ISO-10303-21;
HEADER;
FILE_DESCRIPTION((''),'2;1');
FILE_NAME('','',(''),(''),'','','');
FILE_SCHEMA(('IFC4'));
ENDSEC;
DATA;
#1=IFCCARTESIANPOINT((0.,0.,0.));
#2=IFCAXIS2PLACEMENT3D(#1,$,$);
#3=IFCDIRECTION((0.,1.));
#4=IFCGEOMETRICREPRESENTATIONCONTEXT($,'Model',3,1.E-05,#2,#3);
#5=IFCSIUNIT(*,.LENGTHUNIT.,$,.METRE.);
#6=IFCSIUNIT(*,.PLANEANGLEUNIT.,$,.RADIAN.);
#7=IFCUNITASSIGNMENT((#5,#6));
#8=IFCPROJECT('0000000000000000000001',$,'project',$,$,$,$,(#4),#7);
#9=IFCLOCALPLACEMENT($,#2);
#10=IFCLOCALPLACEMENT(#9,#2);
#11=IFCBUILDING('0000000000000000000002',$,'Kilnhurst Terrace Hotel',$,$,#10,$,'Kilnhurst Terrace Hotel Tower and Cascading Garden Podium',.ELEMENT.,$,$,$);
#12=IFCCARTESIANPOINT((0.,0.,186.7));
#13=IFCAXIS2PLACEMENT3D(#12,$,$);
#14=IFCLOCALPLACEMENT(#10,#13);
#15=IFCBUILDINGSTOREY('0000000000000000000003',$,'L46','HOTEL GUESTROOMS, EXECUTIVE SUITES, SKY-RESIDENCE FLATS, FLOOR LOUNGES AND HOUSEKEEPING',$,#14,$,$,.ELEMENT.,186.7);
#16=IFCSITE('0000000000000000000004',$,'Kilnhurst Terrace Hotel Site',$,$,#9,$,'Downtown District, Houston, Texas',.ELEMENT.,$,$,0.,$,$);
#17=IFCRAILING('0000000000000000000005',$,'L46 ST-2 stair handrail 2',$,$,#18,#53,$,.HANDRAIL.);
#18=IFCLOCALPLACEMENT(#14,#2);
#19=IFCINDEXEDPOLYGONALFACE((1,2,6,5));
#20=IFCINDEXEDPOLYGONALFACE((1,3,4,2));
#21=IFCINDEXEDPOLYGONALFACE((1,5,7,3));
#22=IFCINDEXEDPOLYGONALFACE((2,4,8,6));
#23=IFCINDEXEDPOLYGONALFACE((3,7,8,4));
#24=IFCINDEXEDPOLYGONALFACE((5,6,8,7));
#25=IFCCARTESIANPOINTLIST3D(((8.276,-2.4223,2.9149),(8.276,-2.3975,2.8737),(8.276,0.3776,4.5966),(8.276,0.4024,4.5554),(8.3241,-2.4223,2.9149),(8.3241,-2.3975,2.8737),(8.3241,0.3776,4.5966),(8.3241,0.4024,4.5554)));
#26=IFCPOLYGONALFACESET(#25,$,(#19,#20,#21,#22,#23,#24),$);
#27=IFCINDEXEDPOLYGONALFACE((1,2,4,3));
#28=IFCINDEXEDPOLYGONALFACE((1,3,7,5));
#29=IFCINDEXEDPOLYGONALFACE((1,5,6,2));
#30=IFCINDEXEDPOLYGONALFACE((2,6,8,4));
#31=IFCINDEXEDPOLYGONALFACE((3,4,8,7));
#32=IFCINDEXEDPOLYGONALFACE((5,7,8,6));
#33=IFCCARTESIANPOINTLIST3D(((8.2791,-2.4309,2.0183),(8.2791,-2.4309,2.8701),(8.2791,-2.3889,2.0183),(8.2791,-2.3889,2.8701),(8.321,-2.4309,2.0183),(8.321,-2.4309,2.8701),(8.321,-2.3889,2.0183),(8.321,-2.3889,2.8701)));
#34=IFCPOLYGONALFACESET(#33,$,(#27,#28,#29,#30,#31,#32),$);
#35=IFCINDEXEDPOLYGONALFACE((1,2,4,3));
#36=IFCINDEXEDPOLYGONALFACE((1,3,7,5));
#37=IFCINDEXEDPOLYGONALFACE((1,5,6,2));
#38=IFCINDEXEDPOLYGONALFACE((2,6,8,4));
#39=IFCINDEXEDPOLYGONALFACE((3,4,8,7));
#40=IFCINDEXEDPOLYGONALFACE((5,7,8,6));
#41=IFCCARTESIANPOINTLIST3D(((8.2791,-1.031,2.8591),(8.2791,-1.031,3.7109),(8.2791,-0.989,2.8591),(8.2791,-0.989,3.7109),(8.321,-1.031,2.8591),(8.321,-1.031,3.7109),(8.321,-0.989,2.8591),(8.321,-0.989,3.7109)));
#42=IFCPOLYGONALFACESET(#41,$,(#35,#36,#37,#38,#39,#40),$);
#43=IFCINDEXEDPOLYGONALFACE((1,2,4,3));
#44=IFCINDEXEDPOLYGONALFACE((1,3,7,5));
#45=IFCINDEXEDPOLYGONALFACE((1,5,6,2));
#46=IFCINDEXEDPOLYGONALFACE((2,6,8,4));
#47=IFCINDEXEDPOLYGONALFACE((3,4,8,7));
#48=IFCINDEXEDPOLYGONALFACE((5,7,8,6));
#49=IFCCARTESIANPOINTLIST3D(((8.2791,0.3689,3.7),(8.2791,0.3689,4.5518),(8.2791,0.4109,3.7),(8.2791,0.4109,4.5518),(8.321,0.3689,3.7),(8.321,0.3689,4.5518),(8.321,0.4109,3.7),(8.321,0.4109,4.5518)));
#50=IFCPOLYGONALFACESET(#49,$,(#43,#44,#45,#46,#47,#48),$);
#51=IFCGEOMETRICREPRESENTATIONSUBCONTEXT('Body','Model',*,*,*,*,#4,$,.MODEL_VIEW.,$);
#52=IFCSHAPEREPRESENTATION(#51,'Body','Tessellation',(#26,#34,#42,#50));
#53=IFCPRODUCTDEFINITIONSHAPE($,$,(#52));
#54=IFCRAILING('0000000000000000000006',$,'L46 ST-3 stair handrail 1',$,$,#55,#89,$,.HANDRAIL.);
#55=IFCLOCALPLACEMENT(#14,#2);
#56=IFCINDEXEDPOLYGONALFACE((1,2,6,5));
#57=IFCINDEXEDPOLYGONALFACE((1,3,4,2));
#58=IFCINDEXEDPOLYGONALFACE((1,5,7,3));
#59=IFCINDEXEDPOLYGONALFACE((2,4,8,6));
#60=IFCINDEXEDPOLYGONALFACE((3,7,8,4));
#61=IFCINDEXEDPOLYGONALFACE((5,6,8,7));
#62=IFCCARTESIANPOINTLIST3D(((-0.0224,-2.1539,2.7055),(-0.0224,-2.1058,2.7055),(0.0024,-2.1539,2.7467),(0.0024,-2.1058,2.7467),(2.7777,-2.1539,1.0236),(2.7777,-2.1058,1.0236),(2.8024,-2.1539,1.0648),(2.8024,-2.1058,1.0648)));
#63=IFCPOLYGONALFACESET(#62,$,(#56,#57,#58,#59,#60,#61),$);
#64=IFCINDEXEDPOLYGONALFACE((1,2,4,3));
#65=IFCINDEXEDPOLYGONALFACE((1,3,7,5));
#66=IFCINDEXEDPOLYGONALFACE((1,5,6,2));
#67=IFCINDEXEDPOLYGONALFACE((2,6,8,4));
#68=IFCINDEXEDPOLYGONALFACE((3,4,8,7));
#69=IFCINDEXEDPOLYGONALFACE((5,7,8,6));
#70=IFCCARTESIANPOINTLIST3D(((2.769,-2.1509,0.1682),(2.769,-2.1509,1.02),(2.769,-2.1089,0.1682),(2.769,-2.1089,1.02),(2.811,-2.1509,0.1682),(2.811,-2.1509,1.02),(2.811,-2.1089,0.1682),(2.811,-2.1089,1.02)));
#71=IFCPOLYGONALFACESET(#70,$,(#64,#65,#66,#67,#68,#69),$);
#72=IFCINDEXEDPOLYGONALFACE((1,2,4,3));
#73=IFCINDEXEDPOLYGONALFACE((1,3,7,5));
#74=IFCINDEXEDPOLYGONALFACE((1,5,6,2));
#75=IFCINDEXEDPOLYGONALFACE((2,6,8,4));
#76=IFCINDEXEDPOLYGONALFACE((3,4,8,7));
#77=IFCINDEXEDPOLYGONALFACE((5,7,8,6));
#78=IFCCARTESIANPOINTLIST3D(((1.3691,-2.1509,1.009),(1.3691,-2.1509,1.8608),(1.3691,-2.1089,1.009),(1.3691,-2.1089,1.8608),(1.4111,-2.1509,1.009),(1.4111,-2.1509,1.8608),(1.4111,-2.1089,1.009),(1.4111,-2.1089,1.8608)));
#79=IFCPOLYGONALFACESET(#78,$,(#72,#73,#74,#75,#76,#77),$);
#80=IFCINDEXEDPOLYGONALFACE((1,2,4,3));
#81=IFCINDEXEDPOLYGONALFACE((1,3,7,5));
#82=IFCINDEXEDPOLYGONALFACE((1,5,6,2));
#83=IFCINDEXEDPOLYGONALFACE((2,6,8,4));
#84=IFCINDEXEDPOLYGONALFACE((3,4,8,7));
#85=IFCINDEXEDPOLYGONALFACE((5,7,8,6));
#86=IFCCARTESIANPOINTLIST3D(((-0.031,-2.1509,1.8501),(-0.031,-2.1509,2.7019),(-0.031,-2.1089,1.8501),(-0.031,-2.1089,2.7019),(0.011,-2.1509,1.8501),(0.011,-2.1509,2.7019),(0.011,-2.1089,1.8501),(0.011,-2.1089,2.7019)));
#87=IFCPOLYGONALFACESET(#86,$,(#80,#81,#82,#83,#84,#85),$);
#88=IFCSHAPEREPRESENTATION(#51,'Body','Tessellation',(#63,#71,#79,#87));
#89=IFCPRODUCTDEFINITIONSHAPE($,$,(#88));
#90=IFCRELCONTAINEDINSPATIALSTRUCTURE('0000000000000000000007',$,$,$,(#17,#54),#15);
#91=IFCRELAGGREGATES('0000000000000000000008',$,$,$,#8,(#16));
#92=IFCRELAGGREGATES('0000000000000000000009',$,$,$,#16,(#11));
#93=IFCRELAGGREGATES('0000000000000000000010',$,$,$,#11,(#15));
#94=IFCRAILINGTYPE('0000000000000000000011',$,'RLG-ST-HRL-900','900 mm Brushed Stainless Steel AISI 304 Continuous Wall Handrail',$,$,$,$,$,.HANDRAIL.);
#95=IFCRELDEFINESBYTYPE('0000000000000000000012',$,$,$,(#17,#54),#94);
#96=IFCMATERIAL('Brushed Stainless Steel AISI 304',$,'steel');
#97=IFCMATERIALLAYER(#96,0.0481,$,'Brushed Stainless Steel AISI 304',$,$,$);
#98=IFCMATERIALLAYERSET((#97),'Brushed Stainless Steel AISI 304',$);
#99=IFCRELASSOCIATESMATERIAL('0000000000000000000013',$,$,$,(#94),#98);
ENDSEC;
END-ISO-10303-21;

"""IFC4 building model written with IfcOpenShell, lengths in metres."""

from ifc_helpers import new_model, si_unit, direction, frame, origin, origin_2d, place, context, subcontext, project, spatial, rectangle, extrude, material, layer, layer_set, type_object, element, save


model = new_model("IFC4")

# Units and contexts
model_context = context("Model", 3, precision=1e-05, world=origin(), true_north=direction((0.0, 1.0)))
body_context = subcontext(model_context, "Body", "Model", "MODEL_VIEW")
ifc_project = project(units=[si_unit("LENGTHUNIT", "METRE"), si_unit("PLANEANGLEUNIT", "RADIAN")], contexts=[model_context])

# Site, building, storey
site_placement = place(None, origin())
site = spatial("IfcSite", under=ifc_project, at=site_placement, Name="Kilnhurst Terrace Hotel Site", LongName="Downtown District, Houston, Texas", CompositionType="ELEMENT", RefElevation=0.0)
building_placement = place(site_placement, origin())
building = spatial("IfcBuilding", under=site, at=building_placement, Name="Kilnhurst Terrace Hotel", LongName="Kilnhurst Terrace Hotel Tower and Cascading Garden Podium", CompositionType="ELEMENT")
storey_placement = place(building_placement, frame((0.0, 0.0, 186.7)))
storey = spatial("IfcBuildingStorey", under=building, at=storey_placement, Name="L46", Description="HOTEL GUESTROOMS, EXECUTIVE SUITES, SKY-RESIDENCE FLATS, FLOOR LOUNGES AND HOUSEKEEPING", CompositionType="ELEMENT", Elevation=186.7)

# Railings
ifc_material_1 = material(Name="Brushed Stainless Steel AISI 304", Category="steel")
ifc_layer_1 = layer(ifc_material_1, 0.0481, Name="Brushed Stainless Steel AISI 304")
ifc_layer_set_1 = layer_set([ifc_layer_1], Name="Brushed Stainless Steel AISI 304")
railing_type_1 = type_object("IfcRailingType", Name="RLG-ST-HRL-900", Description="900 mm Brushed Stainless Steel AISI 304 Continuous Wall Handrail", PredefinedType="HANDRAIL", material=ifc_layer_set_1)
railing_1_placement = place(storey_placement, frame((8.3, -2.4099, 2.0183)))
element("IfcRailing", 1, at=railing_1_placement, inside=storey, type_object=railing_type_1, Name="L46 ST-2 stair handrail 2", PredefinedType="HANDRAIL", context=body_context, shape_type="SweptSolid", body=[
    extrude(rectangle(XDim=0.0481, YDim=0.0481, at=origin_2d()), frame((0.0, 0.0, 0.876), z_axis=(0.0, 0.857255, 0.514891), x_axis=(-1.0, 0.0, 0.0)), (0.0, 0.0, 1.0), 3.2661),
    extrude(rectangle(XDim=0.042, YDim=0.042, at=origin_2d()), origin(), (0.0, 0.0, 1.0), 0.8518),
    extrude(rectangle(XDim=0.042, YDim=0.042, at=origin_2d()), frame((0.0, 1.3999, 0.8408)), (0.0, 0.0, 1.0), 0.8518),
    extrude(rectangle(XDim=0.042, YDim=0.042, at=origin_2d()), frame((0.0, 2.7998, 1.6816)), (0.0, 0.0, 1.0), 0.8518),
])
railing_2_placement = place(storey_placement, frame((2.79, -2.1299, 0.1682)))
element("IfcRailing", 2, at=railing_2_placement, inside=storey, type_object=railing_type_1, Name="L46 ST-3 stair handrail 1", PredefinedType="HANDRAIL", context=body_context, shape_type="SweptSolid", body=[
    extrude(rectangle(XDim=0.0481, YDim=0.0481, at=origin_2d()), frame((0.0, 0.0, 0.876), z_axis=(-0.857242, 0.0, 0.514913), x_axis=(0.0, -1.0, 0.0)), (0.0, 0.0, 1.0), 3.2664),
    extrude(rectangle(XDim=0.042, YDim=0.042, at=origin_2d()), origin(), (0.0, 0.0, 1.0), 0.8518),
    extrude(rectangle(XDim=0.042, YDim=0.042, at=origin_2d()), frame((-1.3999, 0.0, 0.8408)), (0.0, 0.0, 1.0), 0.8518),
    extrude(rectangle(XDim=0.042, YDim=0.042, at=origin_2d()), frame((-2.8, 0.0, 1.6819)), (0.0, 0.0, 1.0), 0.8518),
])

save(model, "model.ifc")
